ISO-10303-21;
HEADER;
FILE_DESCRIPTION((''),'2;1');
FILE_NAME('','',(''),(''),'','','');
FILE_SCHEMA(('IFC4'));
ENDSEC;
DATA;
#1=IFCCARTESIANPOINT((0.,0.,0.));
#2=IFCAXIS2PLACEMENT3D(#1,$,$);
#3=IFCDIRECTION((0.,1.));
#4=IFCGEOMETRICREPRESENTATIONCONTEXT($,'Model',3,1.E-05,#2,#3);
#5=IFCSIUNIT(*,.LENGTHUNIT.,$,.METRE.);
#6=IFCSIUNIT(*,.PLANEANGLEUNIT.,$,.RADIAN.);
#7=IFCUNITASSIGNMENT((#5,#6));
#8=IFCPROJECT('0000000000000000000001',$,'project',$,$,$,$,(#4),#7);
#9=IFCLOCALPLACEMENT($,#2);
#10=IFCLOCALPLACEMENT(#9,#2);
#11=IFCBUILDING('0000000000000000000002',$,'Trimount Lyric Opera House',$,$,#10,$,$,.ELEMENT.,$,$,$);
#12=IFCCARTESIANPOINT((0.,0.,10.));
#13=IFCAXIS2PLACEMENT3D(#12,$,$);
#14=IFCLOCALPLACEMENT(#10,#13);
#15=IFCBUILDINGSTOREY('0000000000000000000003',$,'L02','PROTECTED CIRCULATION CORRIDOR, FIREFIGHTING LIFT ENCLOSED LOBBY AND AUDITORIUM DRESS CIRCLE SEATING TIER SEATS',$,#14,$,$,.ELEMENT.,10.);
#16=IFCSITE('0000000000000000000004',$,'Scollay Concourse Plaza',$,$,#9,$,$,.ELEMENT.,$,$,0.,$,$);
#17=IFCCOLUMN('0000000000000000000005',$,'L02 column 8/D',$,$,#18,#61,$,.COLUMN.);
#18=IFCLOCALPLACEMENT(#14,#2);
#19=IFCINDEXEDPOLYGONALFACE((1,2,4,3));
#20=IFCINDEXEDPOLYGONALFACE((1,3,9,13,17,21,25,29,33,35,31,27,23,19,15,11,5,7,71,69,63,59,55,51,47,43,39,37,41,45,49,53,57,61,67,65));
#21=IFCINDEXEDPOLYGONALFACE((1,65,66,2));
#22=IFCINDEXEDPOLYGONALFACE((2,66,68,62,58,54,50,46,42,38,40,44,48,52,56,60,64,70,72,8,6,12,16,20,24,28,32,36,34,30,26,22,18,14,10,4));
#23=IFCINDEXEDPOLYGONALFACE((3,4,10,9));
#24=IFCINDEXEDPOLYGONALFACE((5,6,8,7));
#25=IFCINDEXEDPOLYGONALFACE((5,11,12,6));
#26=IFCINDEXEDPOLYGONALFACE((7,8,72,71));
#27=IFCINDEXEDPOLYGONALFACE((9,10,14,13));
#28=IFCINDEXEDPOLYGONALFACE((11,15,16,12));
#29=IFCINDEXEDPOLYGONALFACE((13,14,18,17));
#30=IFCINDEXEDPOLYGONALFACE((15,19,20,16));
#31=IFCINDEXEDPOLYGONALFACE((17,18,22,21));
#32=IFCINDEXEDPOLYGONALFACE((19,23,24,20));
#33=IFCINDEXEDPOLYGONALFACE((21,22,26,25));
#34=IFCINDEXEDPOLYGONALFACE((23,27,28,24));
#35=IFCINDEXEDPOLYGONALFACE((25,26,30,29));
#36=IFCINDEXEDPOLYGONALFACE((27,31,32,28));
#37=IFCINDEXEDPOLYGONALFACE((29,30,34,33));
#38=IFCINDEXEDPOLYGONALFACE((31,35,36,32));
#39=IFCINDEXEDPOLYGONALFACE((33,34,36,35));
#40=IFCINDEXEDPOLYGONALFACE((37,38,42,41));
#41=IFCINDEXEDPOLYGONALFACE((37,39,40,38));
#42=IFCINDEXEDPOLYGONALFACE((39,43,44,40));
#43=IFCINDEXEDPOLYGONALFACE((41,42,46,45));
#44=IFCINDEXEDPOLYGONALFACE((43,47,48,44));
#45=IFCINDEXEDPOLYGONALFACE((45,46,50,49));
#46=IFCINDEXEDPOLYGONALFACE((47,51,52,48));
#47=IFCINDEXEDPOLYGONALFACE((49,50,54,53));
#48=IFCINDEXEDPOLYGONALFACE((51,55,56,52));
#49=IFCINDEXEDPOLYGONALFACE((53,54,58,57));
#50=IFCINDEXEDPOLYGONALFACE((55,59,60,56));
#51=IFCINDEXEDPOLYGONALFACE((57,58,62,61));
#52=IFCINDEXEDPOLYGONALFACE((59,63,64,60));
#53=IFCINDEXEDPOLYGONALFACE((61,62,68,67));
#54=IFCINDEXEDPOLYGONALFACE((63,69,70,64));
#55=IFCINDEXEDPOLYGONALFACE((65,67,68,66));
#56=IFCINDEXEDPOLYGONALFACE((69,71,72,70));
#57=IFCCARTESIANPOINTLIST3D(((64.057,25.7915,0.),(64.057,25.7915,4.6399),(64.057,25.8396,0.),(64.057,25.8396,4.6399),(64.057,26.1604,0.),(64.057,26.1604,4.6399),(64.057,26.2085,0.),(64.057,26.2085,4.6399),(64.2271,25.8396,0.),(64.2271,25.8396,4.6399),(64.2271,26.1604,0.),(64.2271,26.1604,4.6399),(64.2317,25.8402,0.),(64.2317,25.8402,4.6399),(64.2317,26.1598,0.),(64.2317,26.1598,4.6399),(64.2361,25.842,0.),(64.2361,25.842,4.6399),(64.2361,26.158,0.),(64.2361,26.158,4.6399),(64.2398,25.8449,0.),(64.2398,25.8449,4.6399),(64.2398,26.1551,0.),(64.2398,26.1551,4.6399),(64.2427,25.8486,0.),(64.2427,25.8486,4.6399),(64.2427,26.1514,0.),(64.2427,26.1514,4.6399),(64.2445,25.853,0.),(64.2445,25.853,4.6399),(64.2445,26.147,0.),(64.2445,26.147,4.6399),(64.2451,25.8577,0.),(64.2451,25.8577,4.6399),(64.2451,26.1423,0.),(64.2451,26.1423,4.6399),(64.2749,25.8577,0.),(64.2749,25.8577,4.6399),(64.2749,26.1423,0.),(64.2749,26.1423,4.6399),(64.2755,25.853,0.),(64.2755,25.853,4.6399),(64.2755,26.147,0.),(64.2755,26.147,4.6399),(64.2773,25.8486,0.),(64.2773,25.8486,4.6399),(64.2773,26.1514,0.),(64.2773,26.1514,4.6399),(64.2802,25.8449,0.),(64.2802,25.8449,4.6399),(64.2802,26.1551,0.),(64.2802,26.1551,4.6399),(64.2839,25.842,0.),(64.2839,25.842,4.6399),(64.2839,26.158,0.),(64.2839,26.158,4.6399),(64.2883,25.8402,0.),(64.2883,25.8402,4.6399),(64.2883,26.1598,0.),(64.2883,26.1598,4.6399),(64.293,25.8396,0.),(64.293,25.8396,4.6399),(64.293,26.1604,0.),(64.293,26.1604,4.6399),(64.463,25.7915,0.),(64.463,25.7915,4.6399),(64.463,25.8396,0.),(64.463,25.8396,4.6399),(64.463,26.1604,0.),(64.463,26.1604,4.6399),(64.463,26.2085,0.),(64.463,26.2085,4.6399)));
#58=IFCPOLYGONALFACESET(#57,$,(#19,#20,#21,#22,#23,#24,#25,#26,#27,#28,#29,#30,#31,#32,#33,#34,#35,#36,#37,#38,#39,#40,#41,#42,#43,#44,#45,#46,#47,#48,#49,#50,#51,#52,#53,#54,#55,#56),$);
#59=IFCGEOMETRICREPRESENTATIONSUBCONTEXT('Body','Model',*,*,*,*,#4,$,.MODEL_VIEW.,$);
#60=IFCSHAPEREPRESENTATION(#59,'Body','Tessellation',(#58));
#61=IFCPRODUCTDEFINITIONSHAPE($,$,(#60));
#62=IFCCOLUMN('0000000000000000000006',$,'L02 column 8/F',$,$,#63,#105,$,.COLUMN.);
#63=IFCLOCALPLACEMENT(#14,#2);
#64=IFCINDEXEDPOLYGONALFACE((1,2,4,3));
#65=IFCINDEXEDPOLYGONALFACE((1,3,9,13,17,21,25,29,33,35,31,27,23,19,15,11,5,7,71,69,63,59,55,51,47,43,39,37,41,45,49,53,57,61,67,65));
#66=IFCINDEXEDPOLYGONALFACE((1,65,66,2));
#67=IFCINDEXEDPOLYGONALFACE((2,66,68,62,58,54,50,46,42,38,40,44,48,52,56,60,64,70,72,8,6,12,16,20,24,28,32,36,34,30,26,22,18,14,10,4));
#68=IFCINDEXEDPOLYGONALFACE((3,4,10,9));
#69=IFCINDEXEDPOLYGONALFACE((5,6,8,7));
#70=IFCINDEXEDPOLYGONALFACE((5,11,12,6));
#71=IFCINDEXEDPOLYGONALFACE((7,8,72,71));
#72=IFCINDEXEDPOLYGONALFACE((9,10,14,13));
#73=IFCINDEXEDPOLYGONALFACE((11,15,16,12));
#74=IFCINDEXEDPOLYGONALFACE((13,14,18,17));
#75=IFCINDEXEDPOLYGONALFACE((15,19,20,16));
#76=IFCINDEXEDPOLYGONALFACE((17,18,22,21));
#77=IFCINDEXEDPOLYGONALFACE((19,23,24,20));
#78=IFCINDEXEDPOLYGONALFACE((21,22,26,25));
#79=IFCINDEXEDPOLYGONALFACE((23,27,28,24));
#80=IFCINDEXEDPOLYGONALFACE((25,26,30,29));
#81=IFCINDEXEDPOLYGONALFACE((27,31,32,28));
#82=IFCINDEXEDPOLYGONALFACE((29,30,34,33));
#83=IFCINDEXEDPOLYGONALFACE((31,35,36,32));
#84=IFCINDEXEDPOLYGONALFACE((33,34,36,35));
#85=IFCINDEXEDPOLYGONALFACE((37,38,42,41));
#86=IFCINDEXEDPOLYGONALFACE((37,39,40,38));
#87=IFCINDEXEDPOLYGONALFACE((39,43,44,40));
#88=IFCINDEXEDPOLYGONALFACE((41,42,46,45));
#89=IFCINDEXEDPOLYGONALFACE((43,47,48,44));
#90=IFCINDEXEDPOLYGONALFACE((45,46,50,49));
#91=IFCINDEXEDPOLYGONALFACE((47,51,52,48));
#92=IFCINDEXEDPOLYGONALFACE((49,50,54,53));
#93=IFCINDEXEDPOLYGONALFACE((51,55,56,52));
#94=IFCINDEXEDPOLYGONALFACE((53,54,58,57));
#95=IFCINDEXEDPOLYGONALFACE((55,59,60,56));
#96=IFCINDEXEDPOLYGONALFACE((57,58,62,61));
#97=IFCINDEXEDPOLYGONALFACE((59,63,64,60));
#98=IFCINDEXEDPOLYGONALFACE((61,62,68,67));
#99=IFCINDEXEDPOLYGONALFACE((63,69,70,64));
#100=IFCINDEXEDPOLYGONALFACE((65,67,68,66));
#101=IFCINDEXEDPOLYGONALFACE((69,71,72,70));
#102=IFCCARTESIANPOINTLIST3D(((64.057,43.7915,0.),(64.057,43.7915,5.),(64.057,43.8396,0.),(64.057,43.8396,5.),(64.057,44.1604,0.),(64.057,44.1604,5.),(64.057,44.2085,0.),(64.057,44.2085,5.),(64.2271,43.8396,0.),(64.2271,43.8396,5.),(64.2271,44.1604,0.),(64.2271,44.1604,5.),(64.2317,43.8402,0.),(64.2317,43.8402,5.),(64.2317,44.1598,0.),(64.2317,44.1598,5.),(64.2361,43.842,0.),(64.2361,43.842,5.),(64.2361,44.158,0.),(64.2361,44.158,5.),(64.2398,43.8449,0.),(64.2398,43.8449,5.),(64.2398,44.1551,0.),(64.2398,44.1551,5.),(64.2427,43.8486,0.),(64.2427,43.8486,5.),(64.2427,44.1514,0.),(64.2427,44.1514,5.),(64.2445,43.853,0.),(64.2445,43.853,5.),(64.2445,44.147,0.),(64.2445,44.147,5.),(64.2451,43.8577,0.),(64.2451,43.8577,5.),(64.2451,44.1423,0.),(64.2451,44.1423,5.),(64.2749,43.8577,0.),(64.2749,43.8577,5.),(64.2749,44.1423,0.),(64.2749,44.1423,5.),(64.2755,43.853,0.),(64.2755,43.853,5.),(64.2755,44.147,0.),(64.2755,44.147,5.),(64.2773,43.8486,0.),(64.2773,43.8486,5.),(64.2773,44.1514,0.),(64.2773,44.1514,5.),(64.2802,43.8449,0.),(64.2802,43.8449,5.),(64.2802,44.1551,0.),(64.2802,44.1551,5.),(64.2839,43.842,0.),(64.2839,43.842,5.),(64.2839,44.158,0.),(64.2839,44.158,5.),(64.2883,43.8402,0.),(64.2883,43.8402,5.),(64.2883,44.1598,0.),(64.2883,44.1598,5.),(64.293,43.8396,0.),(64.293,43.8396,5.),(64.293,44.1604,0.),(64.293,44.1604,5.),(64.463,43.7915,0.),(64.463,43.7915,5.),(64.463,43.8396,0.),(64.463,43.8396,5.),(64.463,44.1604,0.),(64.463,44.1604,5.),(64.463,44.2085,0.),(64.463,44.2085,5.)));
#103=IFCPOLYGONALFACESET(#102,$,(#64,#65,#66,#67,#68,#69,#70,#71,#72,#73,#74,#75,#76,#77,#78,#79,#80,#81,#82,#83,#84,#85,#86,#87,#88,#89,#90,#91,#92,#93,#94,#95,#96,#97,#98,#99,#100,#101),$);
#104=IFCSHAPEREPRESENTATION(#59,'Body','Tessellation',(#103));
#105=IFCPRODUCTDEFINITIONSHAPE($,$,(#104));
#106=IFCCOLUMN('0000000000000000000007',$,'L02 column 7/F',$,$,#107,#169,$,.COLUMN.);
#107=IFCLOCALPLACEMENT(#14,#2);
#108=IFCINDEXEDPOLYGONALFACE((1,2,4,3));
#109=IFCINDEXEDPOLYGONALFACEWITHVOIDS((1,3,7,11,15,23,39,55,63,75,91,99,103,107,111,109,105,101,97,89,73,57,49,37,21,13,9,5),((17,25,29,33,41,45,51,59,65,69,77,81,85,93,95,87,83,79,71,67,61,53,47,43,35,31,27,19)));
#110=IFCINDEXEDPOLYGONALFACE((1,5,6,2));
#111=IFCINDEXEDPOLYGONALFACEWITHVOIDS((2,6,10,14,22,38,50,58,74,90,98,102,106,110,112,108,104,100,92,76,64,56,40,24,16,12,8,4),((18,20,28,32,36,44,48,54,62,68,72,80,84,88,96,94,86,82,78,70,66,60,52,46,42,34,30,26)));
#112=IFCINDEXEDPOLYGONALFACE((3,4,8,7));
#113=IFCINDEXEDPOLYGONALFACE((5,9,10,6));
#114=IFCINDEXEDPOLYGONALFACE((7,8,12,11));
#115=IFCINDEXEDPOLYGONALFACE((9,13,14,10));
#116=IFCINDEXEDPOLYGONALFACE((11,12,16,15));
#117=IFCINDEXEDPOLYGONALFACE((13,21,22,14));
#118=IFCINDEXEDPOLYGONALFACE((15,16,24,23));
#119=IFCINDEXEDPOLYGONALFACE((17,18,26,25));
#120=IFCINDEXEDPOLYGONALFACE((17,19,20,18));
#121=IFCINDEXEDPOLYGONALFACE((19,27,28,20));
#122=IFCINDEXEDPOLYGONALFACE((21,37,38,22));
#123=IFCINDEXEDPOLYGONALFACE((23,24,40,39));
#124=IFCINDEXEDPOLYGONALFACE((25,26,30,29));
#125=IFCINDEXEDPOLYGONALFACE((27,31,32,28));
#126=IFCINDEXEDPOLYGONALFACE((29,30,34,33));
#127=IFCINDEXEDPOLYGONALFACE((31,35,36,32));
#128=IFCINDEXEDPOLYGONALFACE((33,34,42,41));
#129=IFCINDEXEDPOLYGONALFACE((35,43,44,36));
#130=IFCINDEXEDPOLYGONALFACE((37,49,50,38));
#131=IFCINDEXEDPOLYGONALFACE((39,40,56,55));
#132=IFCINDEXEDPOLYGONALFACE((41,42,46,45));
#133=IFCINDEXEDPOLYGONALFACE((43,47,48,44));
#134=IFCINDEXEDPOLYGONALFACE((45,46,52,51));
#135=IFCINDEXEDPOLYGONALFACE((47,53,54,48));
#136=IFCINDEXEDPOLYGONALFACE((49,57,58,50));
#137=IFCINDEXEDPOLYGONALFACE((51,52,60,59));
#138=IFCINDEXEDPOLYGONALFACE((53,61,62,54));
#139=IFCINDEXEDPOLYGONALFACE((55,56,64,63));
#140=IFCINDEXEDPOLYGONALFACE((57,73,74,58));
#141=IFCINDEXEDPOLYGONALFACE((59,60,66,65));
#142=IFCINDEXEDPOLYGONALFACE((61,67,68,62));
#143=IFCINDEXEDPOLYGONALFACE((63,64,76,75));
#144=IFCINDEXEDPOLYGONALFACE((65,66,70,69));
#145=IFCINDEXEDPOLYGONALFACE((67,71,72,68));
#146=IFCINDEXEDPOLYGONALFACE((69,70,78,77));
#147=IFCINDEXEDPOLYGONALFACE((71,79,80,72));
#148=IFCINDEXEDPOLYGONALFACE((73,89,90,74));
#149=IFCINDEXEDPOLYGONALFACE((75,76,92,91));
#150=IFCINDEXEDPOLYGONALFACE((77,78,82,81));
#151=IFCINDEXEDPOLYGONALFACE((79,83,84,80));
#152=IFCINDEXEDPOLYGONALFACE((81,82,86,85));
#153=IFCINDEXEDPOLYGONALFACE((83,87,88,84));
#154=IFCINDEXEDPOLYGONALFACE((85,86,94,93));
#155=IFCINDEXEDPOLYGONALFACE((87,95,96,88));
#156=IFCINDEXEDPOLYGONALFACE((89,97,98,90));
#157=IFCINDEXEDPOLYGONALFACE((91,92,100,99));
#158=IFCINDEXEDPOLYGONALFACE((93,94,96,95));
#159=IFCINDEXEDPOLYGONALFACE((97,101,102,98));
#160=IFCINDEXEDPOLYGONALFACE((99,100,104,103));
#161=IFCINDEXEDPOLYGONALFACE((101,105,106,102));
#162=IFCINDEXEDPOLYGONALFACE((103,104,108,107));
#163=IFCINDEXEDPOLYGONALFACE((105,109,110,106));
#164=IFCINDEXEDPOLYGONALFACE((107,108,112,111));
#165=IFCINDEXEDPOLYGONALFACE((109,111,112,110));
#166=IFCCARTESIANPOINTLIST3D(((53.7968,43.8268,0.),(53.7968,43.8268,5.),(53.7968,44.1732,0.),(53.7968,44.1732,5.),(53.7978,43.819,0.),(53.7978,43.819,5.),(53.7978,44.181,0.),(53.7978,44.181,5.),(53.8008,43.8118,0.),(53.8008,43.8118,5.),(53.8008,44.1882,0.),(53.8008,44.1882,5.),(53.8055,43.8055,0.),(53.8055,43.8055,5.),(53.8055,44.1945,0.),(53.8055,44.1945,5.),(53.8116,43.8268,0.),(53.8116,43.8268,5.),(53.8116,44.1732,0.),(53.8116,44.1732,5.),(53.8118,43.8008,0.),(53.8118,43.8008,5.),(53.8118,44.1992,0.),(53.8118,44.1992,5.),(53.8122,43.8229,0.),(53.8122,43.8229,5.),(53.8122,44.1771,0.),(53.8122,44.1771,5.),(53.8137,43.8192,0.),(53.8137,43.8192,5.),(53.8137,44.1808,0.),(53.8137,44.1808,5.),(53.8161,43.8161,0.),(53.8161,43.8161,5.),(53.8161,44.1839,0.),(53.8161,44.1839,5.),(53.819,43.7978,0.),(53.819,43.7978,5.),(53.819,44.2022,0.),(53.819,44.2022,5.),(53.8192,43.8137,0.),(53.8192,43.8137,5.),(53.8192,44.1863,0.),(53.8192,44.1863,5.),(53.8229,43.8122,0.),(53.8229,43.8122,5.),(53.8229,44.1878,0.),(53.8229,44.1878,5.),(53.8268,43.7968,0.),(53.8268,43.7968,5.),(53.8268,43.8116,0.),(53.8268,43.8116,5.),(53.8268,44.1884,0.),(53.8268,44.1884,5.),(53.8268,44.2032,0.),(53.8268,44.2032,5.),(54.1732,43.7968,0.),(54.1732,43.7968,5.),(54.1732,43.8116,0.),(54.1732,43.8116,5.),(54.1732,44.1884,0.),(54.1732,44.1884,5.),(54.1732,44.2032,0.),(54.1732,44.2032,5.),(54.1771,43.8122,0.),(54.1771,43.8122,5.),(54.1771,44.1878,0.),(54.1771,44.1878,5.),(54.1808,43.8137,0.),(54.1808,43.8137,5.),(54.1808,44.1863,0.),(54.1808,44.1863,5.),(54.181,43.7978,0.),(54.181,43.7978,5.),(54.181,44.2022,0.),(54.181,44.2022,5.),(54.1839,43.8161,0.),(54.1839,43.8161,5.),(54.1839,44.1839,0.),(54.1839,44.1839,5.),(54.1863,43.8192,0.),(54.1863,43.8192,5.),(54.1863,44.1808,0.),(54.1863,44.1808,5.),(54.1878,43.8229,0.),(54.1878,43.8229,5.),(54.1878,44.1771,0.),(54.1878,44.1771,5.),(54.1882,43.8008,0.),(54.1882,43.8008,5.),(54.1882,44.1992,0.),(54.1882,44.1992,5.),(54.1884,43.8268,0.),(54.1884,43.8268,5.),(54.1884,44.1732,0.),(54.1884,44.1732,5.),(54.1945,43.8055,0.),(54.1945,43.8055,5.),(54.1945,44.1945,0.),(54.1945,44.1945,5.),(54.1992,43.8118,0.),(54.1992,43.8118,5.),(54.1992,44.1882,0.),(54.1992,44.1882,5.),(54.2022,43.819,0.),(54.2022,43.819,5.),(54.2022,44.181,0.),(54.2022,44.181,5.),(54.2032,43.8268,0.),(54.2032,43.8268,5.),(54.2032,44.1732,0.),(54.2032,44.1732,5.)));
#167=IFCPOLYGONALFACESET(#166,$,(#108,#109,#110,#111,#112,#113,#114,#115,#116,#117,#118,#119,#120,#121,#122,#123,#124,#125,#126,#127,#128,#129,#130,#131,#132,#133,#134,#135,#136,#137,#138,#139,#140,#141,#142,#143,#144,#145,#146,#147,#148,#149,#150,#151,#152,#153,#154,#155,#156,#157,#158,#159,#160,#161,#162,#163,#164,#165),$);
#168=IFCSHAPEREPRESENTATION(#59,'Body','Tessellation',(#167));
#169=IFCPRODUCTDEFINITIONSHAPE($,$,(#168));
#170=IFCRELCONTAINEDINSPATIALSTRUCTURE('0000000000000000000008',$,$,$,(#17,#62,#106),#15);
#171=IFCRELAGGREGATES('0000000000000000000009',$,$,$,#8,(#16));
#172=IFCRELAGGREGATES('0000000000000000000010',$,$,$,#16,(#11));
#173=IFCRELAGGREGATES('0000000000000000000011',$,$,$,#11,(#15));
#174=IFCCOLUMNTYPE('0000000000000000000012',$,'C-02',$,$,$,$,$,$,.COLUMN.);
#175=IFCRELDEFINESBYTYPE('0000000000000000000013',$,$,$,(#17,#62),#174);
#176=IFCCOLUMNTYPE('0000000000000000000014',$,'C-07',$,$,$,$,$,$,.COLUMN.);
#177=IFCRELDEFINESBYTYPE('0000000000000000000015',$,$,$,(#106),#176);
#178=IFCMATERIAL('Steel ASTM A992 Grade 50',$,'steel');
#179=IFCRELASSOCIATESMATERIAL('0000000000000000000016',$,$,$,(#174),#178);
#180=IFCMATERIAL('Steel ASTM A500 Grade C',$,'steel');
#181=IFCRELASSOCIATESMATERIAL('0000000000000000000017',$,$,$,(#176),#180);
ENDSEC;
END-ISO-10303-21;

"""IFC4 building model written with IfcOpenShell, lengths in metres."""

from ifc_helpers import new_model, si_unit, direction, frame, origin, origin_2d, place, context, subcontext, project, spatial, hollow_rectangle, i_section, extrude, material, material_profile, profile_set, type_object, element, save


model = new_model("IFC4")

# Units and contexts
model_context = context("Model", 3, precision=1e-05, world=origin(), true_north=direction((0.0, 1.0)))
body_context = subcontext(model_context, "Body", "Model", "MODEL_VIEW")
ifc_project = project(units=[si_unit("LENGTHUNIT", "METRE"), si_unit("PLANEANGLEUNIT", "RADIAN")], contexts=[model_context])

# Site, building, storey
site_placement = place(None, origin())
site = spatial("IfcSite", under=ifc_project, at=site_placement, Name="Scollay Concourse Plaza", CompositionType="ELEMENT", RefElevation=0.0)
building_placement = place(site_placement, origin())
building = spatial("IfcBuilding", under=site, at=building_placement, Name="Trimount Lyric Opera House", CompositionType="ELEMENT")
storey_placement = place(building_placement, frame((0.0, 0.0, 10.0)))
storey = spatial("IfcBuildingStorey", under=building, at=storey_placement, Name="L02", Description="PROTECTED CIRCULATION CORRIDOR, FIREFIGHTING LIFT ENCLOSED LOBBY AND AUDITORIUM DRESS CIRCLE SEATING TIER SEATS", CompositionType="ELEMENT", Elevation=10.0)

# Columns
ifc_material_1 = material(Name="Steel ASTM A992 Grade 50", Category="steel")
ifc_material_profile_1 = material_profile(ifc_material_1, i_section(OverallWidth=0.406, OverallDepth=0.417, WebThickness=0.0298, FlangeThickness=0.0481, FilletRadius=0.0181, at=origin_2d()), Name="W14X257")
ifc_profile_set_1 = profile_set([ifc_material_profile_1], Name="Steel ASTM A992 Grade 50")
column_type_1 = type_object("IfcColumnType", Name="C-02", PredefinedType="COLUMN", material=ifc_profile_set_1)
column_1_placement = place(storey_placement, frame((64.26, 26.0, 0.0), z_axis=(0.0, 0.0, 1.0), x_axis=(1.0, 0.0, 0.0)))
element("IfcColumn", 1, at=column_1_placement, inside=storey, type_object=column_type_1, Name="L02 column 8/D", PredefinedType="COLUMN", context=body_context, shape_type="SweptSolid", body=[
    extrude(i_section(OverallWidth=0.406, OverallDepth=0.417, WebThickness=0.0298, FlangeThickness=0.0481, FilletRadius=0.0181, at=origin_2d()), origin(), (0.0, 0.0, 1.0), 4.6399),
])
column_2_placement = place(storey_placement, frame((64.26, 44.0, 0.0), z_axis=(0.0, 0.0, 1.0), x_axis=(1.0, 0.0, 0.0)))
element("IfcColumn", 2, at=column_2_placement, inside=storey, type_object=column_type_1, Name="L02 column 8/F", PredefinedType="COLUMN", context=body_context, shape_type="SweptSolid", body=[
    extrude(i_section(OverallWidth=0.406, OverallDepth=0.417, WebThickness=0.0298, FlangeThickness=0.0481, FilletRadius=0.0181, at=origin_2d()), origin(), (0.0, 0.0, 1.0), 5.0),
])
ifc_material_2 = material(Name="Steel ASTM A500 Grade C", Category="steel")
ifc_material_profile_2 = material_profile(ifc_material_2, hollow_rectangle(XDim=0.4065, YDim=0.4065, WallThickness=0.0149, InnerFilletRadius=0.0151, OuterFilletRadius=0.03, at=origin_2d()), Name="HSS406.4X406.4X15.9")
ifc_profile_set_2 = profile_set([ifc_material_profile_2], Name="Steel ASTM A500 Grade C")
column_type_2 = type_object("IfcColumnType", Name="C-07", PredefinedType="COLUMN", material=ifc_profile_set_2)
column_3_placement = place(storey_placement, frame((54.0, 44.0, 0.0), z_axis=(0.0, 0.0, 1.0), x_axis=(1.0, 0.0, 0.0)))
element("IfcColumn", 3, at=column_3_placement, inside=storey, type_object=column_type_2, Name="L02 column 7/F", PredefinedType="COLUMN", context=body_context, shape_type="SweptSolid", body=[
    extrude(hollow_rectangle(XDim=0.4065, YDim=0.4065, WallThickness=0.0149, InnerFilletRadius=0.0151, OuterFilletRadius=0.03, at=origin_2d()), origin(), (0.0, 0.0, 1.0), 5.0),
])

save(model, "model.ifc")
